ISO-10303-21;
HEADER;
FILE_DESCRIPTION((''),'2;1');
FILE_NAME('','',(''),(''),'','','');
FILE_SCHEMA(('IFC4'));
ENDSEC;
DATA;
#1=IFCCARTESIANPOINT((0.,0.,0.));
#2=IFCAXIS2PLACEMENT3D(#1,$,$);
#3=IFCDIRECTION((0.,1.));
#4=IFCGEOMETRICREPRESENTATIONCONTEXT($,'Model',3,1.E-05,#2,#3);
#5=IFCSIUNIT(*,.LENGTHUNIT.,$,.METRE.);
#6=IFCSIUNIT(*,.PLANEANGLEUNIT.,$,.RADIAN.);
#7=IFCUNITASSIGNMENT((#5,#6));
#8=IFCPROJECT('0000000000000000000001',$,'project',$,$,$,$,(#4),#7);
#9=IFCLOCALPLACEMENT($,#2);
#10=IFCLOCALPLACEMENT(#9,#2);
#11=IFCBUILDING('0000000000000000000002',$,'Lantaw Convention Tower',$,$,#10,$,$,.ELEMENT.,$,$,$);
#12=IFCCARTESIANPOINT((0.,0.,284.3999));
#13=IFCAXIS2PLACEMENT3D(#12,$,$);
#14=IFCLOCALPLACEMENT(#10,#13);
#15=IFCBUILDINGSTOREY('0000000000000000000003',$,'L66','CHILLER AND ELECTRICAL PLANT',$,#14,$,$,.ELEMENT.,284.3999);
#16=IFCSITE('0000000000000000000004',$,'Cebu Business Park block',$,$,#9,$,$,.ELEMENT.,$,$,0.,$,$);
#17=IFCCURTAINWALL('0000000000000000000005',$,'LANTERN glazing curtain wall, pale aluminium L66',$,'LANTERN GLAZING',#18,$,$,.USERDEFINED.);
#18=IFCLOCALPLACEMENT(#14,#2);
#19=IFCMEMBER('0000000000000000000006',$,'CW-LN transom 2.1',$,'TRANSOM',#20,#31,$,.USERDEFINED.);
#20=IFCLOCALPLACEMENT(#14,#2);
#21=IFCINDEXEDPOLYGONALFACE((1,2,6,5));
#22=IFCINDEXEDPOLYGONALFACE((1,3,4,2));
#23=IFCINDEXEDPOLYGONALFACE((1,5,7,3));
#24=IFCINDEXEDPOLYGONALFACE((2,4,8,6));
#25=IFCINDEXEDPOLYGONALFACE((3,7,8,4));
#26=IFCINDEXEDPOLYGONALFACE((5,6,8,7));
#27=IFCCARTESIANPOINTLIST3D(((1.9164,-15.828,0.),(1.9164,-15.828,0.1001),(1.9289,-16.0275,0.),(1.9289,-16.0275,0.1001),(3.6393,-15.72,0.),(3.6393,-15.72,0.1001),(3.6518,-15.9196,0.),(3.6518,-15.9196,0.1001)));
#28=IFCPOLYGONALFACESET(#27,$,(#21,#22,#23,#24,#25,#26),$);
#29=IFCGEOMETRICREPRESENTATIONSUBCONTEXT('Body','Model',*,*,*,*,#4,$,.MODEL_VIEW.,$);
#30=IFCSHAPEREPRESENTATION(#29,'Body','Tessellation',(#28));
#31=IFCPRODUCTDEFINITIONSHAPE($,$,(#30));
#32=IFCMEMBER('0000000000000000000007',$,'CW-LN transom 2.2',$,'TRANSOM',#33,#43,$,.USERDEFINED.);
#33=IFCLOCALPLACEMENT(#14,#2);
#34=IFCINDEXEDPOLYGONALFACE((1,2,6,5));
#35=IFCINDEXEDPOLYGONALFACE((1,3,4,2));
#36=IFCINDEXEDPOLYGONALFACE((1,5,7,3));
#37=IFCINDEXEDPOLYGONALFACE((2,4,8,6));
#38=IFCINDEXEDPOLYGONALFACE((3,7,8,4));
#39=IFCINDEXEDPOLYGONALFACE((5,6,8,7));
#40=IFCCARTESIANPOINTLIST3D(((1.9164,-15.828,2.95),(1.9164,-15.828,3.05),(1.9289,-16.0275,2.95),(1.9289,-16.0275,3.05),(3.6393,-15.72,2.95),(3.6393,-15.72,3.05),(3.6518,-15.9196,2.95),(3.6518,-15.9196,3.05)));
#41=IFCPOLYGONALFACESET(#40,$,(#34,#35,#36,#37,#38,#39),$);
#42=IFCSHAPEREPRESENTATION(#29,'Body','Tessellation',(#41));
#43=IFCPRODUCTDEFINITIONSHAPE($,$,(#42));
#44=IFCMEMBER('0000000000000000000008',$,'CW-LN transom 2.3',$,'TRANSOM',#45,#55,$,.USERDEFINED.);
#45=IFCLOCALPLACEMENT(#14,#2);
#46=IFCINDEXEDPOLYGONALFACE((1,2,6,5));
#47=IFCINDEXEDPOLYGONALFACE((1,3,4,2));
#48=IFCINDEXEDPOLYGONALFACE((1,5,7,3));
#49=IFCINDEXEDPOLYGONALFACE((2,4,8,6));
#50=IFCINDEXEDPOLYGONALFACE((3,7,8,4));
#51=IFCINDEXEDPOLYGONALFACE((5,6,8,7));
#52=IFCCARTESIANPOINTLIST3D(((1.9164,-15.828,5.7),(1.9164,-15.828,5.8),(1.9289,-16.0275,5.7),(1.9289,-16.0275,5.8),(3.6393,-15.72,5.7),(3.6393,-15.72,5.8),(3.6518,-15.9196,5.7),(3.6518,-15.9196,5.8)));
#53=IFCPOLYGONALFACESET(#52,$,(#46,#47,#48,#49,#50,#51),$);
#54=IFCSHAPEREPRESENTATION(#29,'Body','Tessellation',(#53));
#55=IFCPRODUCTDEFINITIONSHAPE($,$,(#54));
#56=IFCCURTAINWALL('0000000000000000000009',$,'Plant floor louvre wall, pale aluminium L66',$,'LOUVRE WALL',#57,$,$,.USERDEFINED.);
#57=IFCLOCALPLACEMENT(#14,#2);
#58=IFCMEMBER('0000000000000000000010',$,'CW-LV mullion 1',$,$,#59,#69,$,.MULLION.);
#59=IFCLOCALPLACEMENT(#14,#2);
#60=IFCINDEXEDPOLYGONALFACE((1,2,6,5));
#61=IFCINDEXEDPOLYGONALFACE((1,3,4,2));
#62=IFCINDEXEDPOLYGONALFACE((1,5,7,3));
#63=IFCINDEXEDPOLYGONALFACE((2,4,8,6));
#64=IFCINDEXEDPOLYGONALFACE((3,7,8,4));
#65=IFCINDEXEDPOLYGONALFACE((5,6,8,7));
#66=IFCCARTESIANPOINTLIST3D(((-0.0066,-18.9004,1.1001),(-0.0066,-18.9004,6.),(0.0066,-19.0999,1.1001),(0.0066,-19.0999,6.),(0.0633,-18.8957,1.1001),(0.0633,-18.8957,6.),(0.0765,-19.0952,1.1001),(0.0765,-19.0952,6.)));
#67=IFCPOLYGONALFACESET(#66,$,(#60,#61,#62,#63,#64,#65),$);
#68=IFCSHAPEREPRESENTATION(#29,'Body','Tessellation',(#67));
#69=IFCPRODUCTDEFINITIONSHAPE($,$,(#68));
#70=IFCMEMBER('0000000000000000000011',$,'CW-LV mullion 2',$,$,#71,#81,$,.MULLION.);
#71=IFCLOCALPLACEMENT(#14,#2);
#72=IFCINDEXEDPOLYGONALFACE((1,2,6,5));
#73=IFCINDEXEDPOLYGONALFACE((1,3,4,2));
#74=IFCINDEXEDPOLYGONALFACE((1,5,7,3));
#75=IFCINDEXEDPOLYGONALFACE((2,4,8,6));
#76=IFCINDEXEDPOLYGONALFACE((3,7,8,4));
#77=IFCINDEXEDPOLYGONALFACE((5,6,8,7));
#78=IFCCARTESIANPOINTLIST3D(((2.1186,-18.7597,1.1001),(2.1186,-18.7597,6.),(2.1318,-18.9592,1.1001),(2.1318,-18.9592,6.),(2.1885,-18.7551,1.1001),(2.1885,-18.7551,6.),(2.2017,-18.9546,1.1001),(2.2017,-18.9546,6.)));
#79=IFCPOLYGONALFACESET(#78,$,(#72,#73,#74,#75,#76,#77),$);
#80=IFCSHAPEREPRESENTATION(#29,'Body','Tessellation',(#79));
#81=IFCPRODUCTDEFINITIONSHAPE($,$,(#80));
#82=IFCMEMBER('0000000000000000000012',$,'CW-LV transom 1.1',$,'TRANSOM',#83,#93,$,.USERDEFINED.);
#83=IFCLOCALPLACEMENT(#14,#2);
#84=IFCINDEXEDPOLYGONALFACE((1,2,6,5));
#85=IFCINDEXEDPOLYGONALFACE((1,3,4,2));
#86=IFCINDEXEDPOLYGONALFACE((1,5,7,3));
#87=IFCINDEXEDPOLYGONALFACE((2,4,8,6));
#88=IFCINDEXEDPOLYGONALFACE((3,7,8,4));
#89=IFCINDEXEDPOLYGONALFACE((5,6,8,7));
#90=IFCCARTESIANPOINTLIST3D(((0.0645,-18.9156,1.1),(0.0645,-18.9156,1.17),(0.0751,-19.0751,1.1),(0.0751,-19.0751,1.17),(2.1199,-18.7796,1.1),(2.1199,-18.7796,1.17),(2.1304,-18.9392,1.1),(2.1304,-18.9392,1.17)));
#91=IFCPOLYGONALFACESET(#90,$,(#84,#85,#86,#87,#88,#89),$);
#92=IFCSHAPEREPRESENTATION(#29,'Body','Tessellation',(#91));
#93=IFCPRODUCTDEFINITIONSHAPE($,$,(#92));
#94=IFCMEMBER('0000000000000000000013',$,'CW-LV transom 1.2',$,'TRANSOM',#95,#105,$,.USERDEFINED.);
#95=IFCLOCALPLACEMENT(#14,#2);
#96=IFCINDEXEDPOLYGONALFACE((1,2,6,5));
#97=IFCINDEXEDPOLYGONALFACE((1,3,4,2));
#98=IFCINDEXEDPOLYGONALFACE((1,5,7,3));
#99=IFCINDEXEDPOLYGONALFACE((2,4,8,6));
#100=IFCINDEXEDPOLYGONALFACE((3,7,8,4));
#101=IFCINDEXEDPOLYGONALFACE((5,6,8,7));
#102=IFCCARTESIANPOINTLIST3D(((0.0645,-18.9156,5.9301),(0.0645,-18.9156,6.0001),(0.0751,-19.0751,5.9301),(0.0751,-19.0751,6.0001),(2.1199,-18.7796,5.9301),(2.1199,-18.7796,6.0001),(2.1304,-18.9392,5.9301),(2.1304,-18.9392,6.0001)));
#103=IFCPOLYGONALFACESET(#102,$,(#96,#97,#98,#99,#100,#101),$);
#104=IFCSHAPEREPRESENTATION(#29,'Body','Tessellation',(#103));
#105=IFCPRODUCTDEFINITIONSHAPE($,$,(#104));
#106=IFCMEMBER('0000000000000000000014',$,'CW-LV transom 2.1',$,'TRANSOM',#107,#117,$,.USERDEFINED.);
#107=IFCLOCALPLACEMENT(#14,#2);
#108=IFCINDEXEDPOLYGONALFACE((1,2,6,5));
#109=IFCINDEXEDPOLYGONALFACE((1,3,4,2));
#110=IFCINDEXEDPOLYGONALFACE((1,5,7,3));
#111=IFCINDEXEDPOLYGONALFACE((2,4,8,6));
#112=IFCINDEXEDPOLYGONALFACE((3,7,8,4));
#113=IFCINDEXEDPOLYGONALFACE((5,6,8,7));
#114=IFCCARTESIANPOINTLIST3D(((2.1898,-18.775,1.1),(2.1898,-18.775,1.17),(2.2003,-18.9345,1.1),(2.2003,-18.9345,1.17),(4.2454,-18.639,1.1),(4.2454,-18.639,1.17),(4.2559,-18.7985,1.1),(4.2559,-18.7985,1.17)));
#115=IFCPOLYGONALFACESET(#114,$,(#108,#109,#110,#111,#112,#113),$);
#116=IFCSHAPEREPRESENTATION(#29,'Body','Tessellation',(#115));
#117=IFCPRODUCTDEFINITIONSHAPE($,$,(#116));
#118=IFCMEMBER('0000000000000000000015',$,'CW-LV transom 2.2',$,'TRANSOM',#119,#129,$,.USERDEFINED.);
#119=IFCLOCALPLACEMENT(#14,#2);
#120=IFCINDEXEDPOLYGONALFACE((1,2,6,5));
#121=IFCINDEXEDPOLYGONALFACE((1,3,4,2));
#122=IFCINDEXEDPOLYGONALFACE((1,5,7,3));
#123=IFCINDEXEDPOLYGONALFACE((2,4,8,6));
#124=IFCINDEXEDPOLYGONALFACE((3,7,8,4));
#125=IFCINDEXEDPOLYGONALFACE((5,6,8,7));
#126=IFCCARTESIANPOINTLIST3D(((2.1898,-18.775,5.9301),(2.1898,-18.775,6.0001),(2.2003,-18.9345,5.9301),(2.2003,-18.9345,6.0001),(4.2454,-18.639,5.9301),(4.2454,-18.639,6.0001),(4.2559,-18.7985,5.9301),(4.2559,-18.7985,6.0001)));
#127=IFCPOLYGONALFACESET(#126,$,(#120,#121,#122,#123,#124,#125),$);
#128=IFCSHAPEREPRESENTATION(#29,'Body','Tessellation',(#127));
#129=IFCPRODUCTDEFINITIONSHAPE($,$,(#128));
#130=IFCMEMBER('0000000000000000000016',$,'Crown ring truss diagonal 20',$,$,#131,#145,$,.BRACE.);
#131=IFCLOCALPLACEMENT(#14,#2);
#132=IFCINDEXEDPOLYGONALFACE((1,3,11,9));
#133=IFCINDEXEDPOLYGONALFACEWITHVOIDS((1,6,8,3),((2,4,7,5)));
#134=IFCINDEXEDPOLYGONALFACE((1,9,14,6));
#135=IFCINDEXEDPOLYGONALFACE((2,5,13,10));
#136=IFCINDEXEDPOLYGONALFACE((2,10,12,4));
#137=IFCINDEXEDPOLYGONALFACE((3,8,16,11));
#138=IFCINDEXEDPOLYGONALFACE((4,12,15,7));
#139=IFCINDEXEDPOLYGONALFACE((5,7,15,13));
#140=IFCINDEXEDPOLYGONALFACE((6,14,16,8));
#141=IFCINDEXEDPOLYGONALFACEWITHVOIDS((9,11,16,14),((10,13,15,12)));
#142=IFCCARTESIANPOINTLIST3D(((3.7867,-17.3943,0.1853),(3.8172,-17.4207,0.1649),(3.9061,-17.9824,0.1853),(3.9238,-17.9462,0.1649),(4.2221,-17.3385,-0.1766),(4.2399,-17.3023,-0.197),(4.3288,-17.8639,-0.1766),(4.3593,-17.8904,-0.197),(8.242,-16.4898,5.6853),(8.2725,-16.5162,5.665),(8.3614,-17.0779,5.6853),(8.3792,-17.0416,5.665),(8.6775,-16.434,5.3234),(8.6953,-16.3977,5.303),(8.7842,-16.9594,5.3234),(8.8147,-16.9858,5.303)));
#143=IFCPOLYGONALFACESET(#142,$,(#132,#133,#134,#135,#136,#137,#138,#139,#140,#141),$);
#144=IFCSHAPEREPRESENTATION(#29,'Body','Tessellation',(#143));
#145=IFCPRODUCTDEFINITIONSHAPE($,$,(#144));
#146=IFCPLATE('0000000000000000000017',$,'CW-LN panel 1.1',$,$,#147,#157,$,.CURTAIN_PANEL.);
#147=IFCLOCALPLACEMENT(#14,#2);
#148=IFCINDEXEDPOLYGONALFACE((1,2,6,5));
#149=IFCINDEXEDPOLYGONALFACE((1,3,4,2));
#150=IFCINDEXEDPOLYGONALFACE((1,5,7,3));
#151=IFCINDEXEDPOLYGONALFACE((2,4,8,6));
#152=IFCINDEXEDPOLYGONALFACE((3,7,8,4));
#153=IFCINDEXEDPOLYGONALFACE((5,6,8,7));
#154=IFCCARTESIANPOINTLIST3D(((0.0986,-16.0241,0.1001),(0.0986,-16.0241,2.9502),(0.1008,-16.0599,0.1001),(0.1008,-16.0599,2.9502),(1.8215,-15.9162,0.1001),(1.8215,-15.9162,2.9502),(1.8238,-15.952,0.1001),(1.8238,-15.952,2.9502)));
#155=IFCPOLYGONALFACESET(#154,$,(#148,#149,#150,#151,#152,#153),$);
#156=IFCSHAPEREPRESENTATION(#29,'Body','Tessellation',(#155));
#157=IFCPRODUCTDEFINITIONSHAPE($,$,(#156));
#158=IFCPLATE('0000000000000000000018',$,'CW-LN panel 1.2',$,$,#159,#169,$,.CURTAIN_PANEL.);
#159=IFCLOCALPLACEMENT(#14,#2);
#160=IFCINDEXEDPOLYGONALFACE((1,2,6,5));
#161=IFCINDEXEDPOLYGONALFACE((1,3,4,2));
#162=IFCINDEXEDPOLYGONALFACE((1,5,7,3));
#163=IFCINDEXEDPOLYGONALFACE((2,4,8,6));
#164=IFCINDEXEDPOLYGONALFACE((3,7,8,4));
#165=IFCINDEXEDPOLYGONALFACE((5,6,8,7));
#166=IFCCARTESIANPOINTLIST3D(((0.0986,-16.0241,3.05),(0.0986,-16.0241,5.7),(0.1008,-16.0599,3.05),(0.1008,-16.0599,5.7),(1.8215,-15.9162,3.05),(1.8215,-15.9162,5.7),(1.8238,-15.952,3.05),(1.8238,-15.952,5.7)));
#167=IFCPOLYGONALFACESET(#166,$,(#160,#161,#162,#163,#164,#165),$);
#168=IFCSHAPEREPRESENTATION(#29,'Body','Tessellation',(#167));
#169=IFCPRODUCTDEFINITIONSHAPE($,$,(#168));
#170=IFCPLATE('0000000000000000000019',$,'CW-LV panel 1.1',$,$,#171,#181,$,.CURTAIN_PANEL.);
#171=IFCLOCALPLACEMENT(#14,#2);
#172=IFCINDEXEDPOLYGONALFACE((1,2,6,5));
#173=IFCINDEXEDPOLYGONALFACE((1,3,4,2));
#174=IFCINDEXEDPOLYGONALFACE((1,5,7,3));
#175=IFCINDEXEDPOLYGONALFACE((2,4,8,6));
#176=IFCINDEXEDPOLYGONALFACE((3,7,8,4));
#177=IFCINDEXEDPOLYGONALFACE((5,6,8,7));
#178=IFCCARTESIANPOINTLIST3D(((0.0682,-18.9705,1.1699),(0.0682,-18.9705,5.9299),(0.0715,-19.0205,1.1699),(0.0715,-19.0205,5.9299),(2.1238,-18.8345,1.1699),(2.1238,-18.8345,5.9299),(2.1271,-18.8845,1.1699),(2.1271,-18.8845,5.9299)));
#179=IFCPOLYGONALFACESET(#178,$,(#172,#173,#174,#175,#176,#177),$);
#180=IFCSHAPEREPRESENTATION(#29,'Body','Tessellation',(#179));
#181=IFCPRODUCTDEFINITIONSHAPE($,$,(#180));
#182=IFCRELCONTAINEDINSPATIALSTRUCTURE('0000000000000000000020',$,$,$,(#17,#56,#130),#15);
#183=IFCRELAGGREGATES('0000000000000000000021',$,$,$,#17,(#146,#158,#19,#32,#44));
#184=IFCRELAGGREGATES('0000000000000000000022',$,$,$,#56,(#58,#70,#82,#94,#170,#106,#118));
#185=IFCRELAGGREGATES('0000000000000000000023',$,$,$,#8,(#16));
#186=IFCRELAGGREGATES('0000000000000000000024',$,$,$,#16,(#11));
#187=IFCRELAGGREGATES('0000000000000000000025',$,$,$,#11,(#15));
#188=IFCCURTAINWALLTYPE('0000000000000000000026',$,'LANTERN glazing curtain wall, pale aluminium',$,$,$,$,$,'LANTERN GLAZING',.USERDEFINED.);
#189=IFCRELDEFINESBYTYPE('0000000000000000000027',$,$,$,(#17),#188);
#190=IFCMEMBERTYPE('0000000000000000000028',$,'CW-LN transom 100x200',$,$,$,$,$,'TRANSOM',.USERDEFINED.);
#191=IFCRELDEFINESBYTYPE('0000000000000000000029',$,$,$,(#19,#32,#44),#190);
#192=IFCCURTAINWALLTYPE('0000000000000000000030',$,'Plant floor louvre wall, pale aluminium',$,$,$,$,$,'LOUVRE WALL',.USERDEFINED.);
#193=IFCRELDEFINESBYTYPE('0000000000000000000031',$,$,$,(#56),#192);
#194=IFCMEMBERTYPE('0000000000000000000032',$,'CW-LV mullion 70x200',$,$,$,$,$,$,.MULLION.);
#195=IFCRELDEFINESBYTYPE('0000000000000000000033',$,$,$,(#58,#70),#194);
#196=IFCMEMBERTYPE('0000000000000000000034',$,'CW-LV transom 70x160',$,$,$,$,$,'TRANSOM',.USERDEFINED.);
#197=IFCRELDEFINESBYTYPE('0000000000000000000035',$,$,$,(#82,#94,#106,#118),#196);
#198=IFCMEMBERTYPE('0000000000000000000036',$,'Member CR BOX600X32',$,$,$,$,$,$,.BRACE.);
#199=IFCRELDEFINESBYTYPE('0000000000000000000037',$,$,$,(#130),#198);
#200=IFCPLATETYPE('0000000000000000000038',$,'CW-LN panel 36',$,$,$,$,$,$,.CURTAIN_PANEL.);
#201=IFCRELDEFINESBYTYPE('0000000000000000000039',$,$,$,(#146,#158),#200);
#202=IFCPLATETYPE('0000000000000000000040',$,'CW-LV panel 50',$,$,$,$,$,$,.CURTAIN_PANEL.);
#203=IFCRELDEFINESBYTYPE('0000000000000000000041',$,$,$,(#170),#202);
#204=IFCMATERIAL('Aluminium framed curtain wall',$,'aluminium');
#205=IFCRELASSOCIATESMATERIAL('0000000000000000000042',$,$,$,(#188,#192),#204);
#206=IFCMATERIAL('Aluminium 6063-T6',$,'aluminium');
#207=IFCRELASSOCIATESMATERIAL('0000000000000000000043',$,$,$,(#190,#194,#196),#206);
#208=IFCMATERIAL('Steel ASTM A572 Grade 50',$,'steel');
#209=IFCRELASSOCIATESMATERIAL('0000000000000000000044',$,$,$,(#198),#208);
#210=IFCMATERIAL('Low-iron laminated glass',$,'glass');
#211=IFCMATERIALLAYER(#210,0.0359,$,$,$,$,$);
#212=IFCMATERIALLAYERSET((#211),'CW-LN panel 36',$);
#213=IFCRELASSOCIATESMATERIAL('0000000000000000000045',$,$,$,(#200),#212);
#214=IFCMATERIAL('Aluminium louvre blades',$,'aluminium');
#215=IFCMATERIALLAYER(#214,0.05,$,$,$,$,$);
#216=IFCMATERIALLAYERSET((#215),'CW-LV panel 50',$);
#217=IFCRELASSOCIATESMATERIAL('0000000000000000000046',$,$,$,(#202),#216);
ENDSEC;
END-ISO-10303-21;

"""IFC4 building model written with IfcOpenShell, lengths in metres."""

from ifc_helpers import new_model, si_unit, direction, frame, origin, origin_2d, place, context, subcontext, project, spatial, rectangle, hollow_rectangle, extrude, material, layer, layer_set, material_profile, profile_set, type_object, element, aggregate, save


model = new_model("IFC4")

# Units and contexts
model_context = context("Model", 3, precision=1e-05, world=origin(), true_north=direction((0.0, 1.0)))
body_context = subcontext(model_context, "Body", "Model", "MODEL_VIEW")
ifc_project = project(units=[si_unit("LENGTHUNIT", "METRE"), si_unit("PLANEANGLEUNIT", "RADIAN")], contexts=[model_context])

# Site, building, storey
site_placement = place(None, origin())
site = spatial("IfcSite", under=ifc_project, at=site_placement, Name="Cebu Business Park block", CompositionType="ELEMENT", RefElevation=0.0)
building_placement = place(site_placement, origin())
building = spatial("IfcBuilding", under=site, at=building_placement, Name="Lantaw Convention Tower", CompositionType="ELEMENT")
storey_placement = place(building_placement, frame((0.0, 0.0, 284.3999)))
storey = spatial("IfcBuildingStorey", under=building, at=storey_placement, Name="L66", Description="CHILLER AND ELECTRICAL PLANT", CompositionType="ELEMENT", Elevation=284.3999)

# Shared definitions
ifc_material_1 = material(Name="Steel ASTM A572 Grade 50", Category="steel")

# Curtain walls, members
ifc_material_2 = material(Name="Aluminium framed curtain wall", Category="aluminium")
curtain_wall_type_1 = type_object("IfcCurtainWallType", Name="LANTERN glazing curtain wall, pale aluminium", ElementType="LANTERN GLAZING", PredefinedType="USERDEFINED", material=ifc_material_2)
curtain_wall_1_placement = place(storey_placement, origin())
curtain_wall_1 = element("IfcCurtainWall", 1, at=curtain_wall_1_placement, inside=storey, type_object=curtain_wall_type_1, Name="LANTERN glazing curtain wall, pale aluminium L66", ObjectType="LANTERN GLAZING", PredefinedType="USERDEFINED")
ifc_material_3 = material(Name="Aluminium 6063-T6", Category="aluminium")
ifc_material_profile_1 = material_profile(ifc_material_3, rectangle(XDim=0.2, YDim=0.1001, at=origin_2d()), Name="CW-LN transom 100x200")
ifc_profile_set_1 = profile_set([ifc_material_profile_1], Name="Aluminium 6063-T6")
member_type_1 = type_object("IfcMemberType", Name="CW-LN transom 100x200", ElementType="TRANSOM", PredefinedType="USERDEFINED", material=ifc_profile_set_1)
member_1_placement = place(storey_placement, frame((1.9226, -15.9277, 0.05), z_axis=(0.998044, 0.06251, 0.0), x_axis=(-0.06251, 0.998044, 0.0)))
member_1 = element("IfcMember", 2, at=member_1_placement, type_object=member_type_1, Name="CW-LN transom 2.1", ObjectType="TRANSOM", PredefinedType="USERDEFINED", context=body_context, shape_type="SweptSolid", body=[
    extrude(rectangle(XDim=0.2, YDim=0.1001, at=origin_2d()), origin(), (0.0, 0.0, 1.0), 1.7263),
])
member_2_placement = place(storey_placement, frame((1.9226, -15.9277, 3.0), z_axis=(0.998044, 0.06251, 0.0), x_axis=(-0.06251, 0.998044, 0.0)))
member_2 = element("IfcMember", 3, at=member_2_placement, type_object=member_type_1, Name="CW-LN transom 2.2", ObjectType="TRANSOM", PredefinedType="USERDEFINED", context=body_context, shape_type="SweptSolid", body=[
    extrude(rectangle(XDim=0.2, YDim=0.1001, at=origin_2d()), origin(), (0.0, 0.0, 1.0), 1.7263),
])
member_3_placement = place(storey_placement, frame((1.9226, -15.9277, 5.75), z_axis=(0.998044, 0.06251, 0.0), x_axis=(-0.06251, 0.998044, 0.0)))
member_3 = element("IfcMember", 4, at=member_3_placement, type_object=member_type_1, Name="CW-LN transom 2.3", ObjectType="TRANSOM", PredefinedType="USERDEFINED", context=body_context, shape_type="SweptSolid", body=[
    extrude(rectangle(XDim=0.2, YDim=0.1001, at=origin_2d()), origin(), (0.0, 0.0, 1.0), 1.7263),
])
curtain_wall_type_2 = type_object("IfcCurtainWallType", Name="Plant floor louvre wall, pale aluminium", ElementType="LOUVRE WALL", PredefinedType="USERDEFINED", material=ifc_material_2)
curtain_wall_2_placement = place(storey_placement, origin())
curtain_wall_2 = element("IfcCurtainWall", 5, at=curtain_wall_2_placement, inside=storey, type_object=curtain_wall_type_2, Name="Plant floor louvre wall, pale aluminium L66", ObjectType="LOUVRE WALL", PredefinedType="USERDEFINED")
ifc_material_profile_2 = material_profile(ifc_material_3, rectangle(XDim=0.2, YDim=0.0701, at=origin_2d()), Name="CW-LV mullion 70x200")
ifc_profile_set_2 = profile_set([ifc_material_profile_2], Name="Aluminium 6063-T6")
member_type_2 = type_object("IfcMemberType", Name="CW-LV mullion 70x200", PredefinedType="MULLION", material=ifc_profile_set_2)
member_4_placement = place(storey_placement, frame((0.0349, -18.9978, 1.1001), z_axis=(0.0, 0.0, 1.0), x_axis=(-0.066025, 0.997818, 0.0)))
member_4 = element("IfcMember", 6, at=member_4_placement, type_object=member_type_2, Name="CW-LV mullion 1", PredefinedType="MULLION", context=body_context, shape_type="SweptSolid", body=[
    extrude(rectangle(XDim=0.2, YDim=0.0701, at=origin_2d()), origin(), (0.0, 0.0, 1.0), 4.8999),
])
member_5_placement = place(storey_placement, frame((2.1602, -18.8572, 1.1001), z_axis=(0.0, 0.0, 1.0), x_axis=(-0.066025, 0.997818, 0.0)))
member_5 = element("IfcMember", 7, at=member_5_placement, type_object=member_type_2, Name="CW-LV mullion 2", PredefinedType="MULLION", context=body_context, shape_type="SweptSolid", body=[
    extrude(rectangle(XDim=0.2, YDim=0.0701, at=origin_2d()), origin(), (0.0, 0.0, 1.0), 4.8999),
])
ifc_material_profile_3 = material_profile(ifc_material_3, rectangle(XDim=0.1599, YDim=0.0701, at=origin_2d()), Name="CW-LV transom 70x160")
ifc_profile_set_3 = profile_set([ifc_material_profile_3], Name="Aluminium 6063-T6")
member_type_3 = type_object("IfcMemberType", Name="CW-LV transom 70x160", ElementType="TRANSOM", PredefinedType="USERDEFINED", material=ifc_profile_set_3)
member_6_placement = place(storey_placement, frame((0.0698, -18.9954, 1.135), z_axis=(0.997819, 0.066016, 0.0), x_axis=(-0.066016, 0.997819, 0.0)))
member_6 = element("IfcMember", 8, at=member_6_placement, type_object=member_type_3, Name="CW-LV transom 1.1", ObjectType="TRANSOM", PredefinedType="USERDEFINED", context=body_context, shape_type="SweptSolid", body=[
    extrude(rectangle(XDim=0.1599, YDim=0.0701, at=origin_2d()), origin(), (0.0, 0.0, 1.0), 2.0598),
])
member_7_placement = place(storey_placement, frame((0.0698, -18.9954, 5.9651), z_axis=(0.997819, 0.066016, 0.0), x_axis=(-0.066016, 0.997819, 0.0)))
member_7 = element("IfcMember", 9, at=member_7_placement, type_object=member_type_3, Name="CW-LV transom 1.2", ObjectType="TRANSOM", PredefinedType="USERDEFINED", context=body_context, shape_type="SweptSolid", body=[
    extrude(rectangle(XDim=0.1599, YDim=0.0701, at=origin_2d()), origin(), (0.0, 0.0, 1.0), 2.0598),
])
member_8_placement = place(storey_placement, frame((2.1951, -18.8547, 1.135), z_axis=(0.997819, 0.066008, 0.0), x_axis=(-0.066008, 0.997819, 0.0)))
member_8 = element("IfcMember", 10, at=member_8_placement, type_object=member_type_3, Name="CW-LV transom 2.1", ObjectType="TRANSOM", PredefinedType="USERDEFINED", context=body_context, shape_type="SweptSolid", body=[
    extrude(rectangle(XDim=0.1599, YDim=0.0701, at=origin_2d()), origin(), (0.0, 0.0, 1.0), 2.0601),
])
member_9_placement = place(storey_placement, frame((2.1951, -18.8547, 5.9651), z_axis=(0.997819, 0.066008, 0.0), x_axis=(-0.066008, 0.997819, 0.0)))
member_9 = element("IfcMember", 11, at=member_9_placement, type_object=member_type_3, Name="CW-LV transom 2.2", ObjectType="TRANSOM", PredefinedType="USERDEFINED", context=body_context, shape_type="SweptSolid", body=[
    extrude(rectangle(XDim=0.1599, YDim=0.0701, at=origin_2d()), origin(), (0.0, 0.0, 1.0), 2.0601),
])

# Member
ifc_material_profile_4 = material_profile(ifc_material_1, hollow_rectangle(XDim=0.6001, YDim=0.6001, WallThickness=0.032, at=origin_2d()), Name="BOX600X32")
ifc_profile_set_4 = profile_set([ifc_material_profile_4], Name="Steel ASTM A572 Grade 50")
member_type_4 = type_object("IfcMemberType", Name="Member CR BOX600X32", PredefinedType="BRACE", material=ifc_profile_set_4)
member_10_placement = place(storey_placement, frame((4.073, -17.6423, -0.0059), z_axis=(0.624371, 0.126763, 0.770773), x_axis=(-0.198966, 0.980006, 0.0)))
element("IfcMember", 12, at=member_10_placement, inside=storey, type_object=member_type_4, Name="Crown ring truss diagonal 20", PredefinedType="BRACE", context=body_context, shape_type="SweptSolid", body=[
    extrude(hollow_rectangle(XDim=0.6001, YDim=0.6001, WallThickness=0.032, at=origin_2d()), origin(), (0.0, 0.0, 1.0), 7.1357),
])

# Plates
ifc_material_4 = material(Name="Low-iron laminated glass", Category="glass")
ifc_layer_1 = layer(ifc_material_4, 0.0359)
ifc_layer_set_1 = layer_set([ifc_layer_1], Name="CW-LN panel 36")
plate_type_1 = type_object("IfcPlateType", Name="CW-LN panel 36", PredefinedType="CURTAIN_PANEL", material=ifc_layer_set_1)
plate_1_placement = place(storey_placement, frame((0.9612, -15.988, 0.1001), z_axis=(0.0, 0.0, 1.0), x_axis=(0.998046, 0.062489, 0.0)))
plate_1 = element("IfcPlate", 13, at=plate_1_placement, type_object=plate_type_1, Name="CW-LN panel 1.1", PredefinedType="CURTAIN_PANEL", context=body_context, shape_type="SweptSolid", body=[
    extrude(rectangle(XDim=1.7263, YDim=0.0359, at=origin_2d()), origin(), (0.0, 0.0, 1.0), 2.8501),
])
plate_2_placement = place(storey_placement, frame((0.9612, -15.988, 3.05), z_axis=(0.0, 0.0, 1.0), x_axis=(0.998046, 0.062489, 0.0)))
plate_2 = element("IfcPlate", 14, at=plate_2_placement, type_object=plate_type_1, Name="CW-LN panel 1.2", PredefinedType="CURTAIN_PANEL", context=body_context, shape_type="SweptSolid", body=[
    extrude(rectangle(XDim=1.7263, YDim=0.0359, at=origin_2d()), origin(), (0.0, 0.0, 1.0), 2.6499),
])
aggregate(curtain_wall_1, [plate_1, plate_2, member_1, member_2, member_3])
ifc_material_5 = material(Name="Aluminium louvre blades", Category="aluminium")
ifc_layer_2 = layer(ifc_material_5, 0.05)
ifc_layer_set_2 = layer_set([ifc_layer_2], Name="CW-LV panel 50")
plate_type_2 = type_object("IfcPlateType", Name="CW-LV panel 50", PredefinedType="CURTAIN_PANEL", material=ifc_layer_set_2)
plate_3_placement = place(storey_placement, frame((1.0977, -18.9275, 1.1699), z_axis=(0.0, 0.0, 1.0), x_axis=(0.997818, 0.066025, 0.0)))
plate_3 = element("IfcPlate", 15, at=plate_3_placement, type_object=plate_type_2, Name="CW-LV panel 1.1", PredefinedType="CURTAIN_PANEL", context=body_context, shape_type="SweptSolid", body=[
    extrude(rectangle(XDim=2.0601, YDim=0.05, at=origin_2d()), origin(), (0.0, 0.0, 1.0), 4.76),
])
aggregate(curtain_wall_2, [member_4, member_5, member_6, member_7, plate_3, member_8, member_9])

save(model, "model.ifc")
